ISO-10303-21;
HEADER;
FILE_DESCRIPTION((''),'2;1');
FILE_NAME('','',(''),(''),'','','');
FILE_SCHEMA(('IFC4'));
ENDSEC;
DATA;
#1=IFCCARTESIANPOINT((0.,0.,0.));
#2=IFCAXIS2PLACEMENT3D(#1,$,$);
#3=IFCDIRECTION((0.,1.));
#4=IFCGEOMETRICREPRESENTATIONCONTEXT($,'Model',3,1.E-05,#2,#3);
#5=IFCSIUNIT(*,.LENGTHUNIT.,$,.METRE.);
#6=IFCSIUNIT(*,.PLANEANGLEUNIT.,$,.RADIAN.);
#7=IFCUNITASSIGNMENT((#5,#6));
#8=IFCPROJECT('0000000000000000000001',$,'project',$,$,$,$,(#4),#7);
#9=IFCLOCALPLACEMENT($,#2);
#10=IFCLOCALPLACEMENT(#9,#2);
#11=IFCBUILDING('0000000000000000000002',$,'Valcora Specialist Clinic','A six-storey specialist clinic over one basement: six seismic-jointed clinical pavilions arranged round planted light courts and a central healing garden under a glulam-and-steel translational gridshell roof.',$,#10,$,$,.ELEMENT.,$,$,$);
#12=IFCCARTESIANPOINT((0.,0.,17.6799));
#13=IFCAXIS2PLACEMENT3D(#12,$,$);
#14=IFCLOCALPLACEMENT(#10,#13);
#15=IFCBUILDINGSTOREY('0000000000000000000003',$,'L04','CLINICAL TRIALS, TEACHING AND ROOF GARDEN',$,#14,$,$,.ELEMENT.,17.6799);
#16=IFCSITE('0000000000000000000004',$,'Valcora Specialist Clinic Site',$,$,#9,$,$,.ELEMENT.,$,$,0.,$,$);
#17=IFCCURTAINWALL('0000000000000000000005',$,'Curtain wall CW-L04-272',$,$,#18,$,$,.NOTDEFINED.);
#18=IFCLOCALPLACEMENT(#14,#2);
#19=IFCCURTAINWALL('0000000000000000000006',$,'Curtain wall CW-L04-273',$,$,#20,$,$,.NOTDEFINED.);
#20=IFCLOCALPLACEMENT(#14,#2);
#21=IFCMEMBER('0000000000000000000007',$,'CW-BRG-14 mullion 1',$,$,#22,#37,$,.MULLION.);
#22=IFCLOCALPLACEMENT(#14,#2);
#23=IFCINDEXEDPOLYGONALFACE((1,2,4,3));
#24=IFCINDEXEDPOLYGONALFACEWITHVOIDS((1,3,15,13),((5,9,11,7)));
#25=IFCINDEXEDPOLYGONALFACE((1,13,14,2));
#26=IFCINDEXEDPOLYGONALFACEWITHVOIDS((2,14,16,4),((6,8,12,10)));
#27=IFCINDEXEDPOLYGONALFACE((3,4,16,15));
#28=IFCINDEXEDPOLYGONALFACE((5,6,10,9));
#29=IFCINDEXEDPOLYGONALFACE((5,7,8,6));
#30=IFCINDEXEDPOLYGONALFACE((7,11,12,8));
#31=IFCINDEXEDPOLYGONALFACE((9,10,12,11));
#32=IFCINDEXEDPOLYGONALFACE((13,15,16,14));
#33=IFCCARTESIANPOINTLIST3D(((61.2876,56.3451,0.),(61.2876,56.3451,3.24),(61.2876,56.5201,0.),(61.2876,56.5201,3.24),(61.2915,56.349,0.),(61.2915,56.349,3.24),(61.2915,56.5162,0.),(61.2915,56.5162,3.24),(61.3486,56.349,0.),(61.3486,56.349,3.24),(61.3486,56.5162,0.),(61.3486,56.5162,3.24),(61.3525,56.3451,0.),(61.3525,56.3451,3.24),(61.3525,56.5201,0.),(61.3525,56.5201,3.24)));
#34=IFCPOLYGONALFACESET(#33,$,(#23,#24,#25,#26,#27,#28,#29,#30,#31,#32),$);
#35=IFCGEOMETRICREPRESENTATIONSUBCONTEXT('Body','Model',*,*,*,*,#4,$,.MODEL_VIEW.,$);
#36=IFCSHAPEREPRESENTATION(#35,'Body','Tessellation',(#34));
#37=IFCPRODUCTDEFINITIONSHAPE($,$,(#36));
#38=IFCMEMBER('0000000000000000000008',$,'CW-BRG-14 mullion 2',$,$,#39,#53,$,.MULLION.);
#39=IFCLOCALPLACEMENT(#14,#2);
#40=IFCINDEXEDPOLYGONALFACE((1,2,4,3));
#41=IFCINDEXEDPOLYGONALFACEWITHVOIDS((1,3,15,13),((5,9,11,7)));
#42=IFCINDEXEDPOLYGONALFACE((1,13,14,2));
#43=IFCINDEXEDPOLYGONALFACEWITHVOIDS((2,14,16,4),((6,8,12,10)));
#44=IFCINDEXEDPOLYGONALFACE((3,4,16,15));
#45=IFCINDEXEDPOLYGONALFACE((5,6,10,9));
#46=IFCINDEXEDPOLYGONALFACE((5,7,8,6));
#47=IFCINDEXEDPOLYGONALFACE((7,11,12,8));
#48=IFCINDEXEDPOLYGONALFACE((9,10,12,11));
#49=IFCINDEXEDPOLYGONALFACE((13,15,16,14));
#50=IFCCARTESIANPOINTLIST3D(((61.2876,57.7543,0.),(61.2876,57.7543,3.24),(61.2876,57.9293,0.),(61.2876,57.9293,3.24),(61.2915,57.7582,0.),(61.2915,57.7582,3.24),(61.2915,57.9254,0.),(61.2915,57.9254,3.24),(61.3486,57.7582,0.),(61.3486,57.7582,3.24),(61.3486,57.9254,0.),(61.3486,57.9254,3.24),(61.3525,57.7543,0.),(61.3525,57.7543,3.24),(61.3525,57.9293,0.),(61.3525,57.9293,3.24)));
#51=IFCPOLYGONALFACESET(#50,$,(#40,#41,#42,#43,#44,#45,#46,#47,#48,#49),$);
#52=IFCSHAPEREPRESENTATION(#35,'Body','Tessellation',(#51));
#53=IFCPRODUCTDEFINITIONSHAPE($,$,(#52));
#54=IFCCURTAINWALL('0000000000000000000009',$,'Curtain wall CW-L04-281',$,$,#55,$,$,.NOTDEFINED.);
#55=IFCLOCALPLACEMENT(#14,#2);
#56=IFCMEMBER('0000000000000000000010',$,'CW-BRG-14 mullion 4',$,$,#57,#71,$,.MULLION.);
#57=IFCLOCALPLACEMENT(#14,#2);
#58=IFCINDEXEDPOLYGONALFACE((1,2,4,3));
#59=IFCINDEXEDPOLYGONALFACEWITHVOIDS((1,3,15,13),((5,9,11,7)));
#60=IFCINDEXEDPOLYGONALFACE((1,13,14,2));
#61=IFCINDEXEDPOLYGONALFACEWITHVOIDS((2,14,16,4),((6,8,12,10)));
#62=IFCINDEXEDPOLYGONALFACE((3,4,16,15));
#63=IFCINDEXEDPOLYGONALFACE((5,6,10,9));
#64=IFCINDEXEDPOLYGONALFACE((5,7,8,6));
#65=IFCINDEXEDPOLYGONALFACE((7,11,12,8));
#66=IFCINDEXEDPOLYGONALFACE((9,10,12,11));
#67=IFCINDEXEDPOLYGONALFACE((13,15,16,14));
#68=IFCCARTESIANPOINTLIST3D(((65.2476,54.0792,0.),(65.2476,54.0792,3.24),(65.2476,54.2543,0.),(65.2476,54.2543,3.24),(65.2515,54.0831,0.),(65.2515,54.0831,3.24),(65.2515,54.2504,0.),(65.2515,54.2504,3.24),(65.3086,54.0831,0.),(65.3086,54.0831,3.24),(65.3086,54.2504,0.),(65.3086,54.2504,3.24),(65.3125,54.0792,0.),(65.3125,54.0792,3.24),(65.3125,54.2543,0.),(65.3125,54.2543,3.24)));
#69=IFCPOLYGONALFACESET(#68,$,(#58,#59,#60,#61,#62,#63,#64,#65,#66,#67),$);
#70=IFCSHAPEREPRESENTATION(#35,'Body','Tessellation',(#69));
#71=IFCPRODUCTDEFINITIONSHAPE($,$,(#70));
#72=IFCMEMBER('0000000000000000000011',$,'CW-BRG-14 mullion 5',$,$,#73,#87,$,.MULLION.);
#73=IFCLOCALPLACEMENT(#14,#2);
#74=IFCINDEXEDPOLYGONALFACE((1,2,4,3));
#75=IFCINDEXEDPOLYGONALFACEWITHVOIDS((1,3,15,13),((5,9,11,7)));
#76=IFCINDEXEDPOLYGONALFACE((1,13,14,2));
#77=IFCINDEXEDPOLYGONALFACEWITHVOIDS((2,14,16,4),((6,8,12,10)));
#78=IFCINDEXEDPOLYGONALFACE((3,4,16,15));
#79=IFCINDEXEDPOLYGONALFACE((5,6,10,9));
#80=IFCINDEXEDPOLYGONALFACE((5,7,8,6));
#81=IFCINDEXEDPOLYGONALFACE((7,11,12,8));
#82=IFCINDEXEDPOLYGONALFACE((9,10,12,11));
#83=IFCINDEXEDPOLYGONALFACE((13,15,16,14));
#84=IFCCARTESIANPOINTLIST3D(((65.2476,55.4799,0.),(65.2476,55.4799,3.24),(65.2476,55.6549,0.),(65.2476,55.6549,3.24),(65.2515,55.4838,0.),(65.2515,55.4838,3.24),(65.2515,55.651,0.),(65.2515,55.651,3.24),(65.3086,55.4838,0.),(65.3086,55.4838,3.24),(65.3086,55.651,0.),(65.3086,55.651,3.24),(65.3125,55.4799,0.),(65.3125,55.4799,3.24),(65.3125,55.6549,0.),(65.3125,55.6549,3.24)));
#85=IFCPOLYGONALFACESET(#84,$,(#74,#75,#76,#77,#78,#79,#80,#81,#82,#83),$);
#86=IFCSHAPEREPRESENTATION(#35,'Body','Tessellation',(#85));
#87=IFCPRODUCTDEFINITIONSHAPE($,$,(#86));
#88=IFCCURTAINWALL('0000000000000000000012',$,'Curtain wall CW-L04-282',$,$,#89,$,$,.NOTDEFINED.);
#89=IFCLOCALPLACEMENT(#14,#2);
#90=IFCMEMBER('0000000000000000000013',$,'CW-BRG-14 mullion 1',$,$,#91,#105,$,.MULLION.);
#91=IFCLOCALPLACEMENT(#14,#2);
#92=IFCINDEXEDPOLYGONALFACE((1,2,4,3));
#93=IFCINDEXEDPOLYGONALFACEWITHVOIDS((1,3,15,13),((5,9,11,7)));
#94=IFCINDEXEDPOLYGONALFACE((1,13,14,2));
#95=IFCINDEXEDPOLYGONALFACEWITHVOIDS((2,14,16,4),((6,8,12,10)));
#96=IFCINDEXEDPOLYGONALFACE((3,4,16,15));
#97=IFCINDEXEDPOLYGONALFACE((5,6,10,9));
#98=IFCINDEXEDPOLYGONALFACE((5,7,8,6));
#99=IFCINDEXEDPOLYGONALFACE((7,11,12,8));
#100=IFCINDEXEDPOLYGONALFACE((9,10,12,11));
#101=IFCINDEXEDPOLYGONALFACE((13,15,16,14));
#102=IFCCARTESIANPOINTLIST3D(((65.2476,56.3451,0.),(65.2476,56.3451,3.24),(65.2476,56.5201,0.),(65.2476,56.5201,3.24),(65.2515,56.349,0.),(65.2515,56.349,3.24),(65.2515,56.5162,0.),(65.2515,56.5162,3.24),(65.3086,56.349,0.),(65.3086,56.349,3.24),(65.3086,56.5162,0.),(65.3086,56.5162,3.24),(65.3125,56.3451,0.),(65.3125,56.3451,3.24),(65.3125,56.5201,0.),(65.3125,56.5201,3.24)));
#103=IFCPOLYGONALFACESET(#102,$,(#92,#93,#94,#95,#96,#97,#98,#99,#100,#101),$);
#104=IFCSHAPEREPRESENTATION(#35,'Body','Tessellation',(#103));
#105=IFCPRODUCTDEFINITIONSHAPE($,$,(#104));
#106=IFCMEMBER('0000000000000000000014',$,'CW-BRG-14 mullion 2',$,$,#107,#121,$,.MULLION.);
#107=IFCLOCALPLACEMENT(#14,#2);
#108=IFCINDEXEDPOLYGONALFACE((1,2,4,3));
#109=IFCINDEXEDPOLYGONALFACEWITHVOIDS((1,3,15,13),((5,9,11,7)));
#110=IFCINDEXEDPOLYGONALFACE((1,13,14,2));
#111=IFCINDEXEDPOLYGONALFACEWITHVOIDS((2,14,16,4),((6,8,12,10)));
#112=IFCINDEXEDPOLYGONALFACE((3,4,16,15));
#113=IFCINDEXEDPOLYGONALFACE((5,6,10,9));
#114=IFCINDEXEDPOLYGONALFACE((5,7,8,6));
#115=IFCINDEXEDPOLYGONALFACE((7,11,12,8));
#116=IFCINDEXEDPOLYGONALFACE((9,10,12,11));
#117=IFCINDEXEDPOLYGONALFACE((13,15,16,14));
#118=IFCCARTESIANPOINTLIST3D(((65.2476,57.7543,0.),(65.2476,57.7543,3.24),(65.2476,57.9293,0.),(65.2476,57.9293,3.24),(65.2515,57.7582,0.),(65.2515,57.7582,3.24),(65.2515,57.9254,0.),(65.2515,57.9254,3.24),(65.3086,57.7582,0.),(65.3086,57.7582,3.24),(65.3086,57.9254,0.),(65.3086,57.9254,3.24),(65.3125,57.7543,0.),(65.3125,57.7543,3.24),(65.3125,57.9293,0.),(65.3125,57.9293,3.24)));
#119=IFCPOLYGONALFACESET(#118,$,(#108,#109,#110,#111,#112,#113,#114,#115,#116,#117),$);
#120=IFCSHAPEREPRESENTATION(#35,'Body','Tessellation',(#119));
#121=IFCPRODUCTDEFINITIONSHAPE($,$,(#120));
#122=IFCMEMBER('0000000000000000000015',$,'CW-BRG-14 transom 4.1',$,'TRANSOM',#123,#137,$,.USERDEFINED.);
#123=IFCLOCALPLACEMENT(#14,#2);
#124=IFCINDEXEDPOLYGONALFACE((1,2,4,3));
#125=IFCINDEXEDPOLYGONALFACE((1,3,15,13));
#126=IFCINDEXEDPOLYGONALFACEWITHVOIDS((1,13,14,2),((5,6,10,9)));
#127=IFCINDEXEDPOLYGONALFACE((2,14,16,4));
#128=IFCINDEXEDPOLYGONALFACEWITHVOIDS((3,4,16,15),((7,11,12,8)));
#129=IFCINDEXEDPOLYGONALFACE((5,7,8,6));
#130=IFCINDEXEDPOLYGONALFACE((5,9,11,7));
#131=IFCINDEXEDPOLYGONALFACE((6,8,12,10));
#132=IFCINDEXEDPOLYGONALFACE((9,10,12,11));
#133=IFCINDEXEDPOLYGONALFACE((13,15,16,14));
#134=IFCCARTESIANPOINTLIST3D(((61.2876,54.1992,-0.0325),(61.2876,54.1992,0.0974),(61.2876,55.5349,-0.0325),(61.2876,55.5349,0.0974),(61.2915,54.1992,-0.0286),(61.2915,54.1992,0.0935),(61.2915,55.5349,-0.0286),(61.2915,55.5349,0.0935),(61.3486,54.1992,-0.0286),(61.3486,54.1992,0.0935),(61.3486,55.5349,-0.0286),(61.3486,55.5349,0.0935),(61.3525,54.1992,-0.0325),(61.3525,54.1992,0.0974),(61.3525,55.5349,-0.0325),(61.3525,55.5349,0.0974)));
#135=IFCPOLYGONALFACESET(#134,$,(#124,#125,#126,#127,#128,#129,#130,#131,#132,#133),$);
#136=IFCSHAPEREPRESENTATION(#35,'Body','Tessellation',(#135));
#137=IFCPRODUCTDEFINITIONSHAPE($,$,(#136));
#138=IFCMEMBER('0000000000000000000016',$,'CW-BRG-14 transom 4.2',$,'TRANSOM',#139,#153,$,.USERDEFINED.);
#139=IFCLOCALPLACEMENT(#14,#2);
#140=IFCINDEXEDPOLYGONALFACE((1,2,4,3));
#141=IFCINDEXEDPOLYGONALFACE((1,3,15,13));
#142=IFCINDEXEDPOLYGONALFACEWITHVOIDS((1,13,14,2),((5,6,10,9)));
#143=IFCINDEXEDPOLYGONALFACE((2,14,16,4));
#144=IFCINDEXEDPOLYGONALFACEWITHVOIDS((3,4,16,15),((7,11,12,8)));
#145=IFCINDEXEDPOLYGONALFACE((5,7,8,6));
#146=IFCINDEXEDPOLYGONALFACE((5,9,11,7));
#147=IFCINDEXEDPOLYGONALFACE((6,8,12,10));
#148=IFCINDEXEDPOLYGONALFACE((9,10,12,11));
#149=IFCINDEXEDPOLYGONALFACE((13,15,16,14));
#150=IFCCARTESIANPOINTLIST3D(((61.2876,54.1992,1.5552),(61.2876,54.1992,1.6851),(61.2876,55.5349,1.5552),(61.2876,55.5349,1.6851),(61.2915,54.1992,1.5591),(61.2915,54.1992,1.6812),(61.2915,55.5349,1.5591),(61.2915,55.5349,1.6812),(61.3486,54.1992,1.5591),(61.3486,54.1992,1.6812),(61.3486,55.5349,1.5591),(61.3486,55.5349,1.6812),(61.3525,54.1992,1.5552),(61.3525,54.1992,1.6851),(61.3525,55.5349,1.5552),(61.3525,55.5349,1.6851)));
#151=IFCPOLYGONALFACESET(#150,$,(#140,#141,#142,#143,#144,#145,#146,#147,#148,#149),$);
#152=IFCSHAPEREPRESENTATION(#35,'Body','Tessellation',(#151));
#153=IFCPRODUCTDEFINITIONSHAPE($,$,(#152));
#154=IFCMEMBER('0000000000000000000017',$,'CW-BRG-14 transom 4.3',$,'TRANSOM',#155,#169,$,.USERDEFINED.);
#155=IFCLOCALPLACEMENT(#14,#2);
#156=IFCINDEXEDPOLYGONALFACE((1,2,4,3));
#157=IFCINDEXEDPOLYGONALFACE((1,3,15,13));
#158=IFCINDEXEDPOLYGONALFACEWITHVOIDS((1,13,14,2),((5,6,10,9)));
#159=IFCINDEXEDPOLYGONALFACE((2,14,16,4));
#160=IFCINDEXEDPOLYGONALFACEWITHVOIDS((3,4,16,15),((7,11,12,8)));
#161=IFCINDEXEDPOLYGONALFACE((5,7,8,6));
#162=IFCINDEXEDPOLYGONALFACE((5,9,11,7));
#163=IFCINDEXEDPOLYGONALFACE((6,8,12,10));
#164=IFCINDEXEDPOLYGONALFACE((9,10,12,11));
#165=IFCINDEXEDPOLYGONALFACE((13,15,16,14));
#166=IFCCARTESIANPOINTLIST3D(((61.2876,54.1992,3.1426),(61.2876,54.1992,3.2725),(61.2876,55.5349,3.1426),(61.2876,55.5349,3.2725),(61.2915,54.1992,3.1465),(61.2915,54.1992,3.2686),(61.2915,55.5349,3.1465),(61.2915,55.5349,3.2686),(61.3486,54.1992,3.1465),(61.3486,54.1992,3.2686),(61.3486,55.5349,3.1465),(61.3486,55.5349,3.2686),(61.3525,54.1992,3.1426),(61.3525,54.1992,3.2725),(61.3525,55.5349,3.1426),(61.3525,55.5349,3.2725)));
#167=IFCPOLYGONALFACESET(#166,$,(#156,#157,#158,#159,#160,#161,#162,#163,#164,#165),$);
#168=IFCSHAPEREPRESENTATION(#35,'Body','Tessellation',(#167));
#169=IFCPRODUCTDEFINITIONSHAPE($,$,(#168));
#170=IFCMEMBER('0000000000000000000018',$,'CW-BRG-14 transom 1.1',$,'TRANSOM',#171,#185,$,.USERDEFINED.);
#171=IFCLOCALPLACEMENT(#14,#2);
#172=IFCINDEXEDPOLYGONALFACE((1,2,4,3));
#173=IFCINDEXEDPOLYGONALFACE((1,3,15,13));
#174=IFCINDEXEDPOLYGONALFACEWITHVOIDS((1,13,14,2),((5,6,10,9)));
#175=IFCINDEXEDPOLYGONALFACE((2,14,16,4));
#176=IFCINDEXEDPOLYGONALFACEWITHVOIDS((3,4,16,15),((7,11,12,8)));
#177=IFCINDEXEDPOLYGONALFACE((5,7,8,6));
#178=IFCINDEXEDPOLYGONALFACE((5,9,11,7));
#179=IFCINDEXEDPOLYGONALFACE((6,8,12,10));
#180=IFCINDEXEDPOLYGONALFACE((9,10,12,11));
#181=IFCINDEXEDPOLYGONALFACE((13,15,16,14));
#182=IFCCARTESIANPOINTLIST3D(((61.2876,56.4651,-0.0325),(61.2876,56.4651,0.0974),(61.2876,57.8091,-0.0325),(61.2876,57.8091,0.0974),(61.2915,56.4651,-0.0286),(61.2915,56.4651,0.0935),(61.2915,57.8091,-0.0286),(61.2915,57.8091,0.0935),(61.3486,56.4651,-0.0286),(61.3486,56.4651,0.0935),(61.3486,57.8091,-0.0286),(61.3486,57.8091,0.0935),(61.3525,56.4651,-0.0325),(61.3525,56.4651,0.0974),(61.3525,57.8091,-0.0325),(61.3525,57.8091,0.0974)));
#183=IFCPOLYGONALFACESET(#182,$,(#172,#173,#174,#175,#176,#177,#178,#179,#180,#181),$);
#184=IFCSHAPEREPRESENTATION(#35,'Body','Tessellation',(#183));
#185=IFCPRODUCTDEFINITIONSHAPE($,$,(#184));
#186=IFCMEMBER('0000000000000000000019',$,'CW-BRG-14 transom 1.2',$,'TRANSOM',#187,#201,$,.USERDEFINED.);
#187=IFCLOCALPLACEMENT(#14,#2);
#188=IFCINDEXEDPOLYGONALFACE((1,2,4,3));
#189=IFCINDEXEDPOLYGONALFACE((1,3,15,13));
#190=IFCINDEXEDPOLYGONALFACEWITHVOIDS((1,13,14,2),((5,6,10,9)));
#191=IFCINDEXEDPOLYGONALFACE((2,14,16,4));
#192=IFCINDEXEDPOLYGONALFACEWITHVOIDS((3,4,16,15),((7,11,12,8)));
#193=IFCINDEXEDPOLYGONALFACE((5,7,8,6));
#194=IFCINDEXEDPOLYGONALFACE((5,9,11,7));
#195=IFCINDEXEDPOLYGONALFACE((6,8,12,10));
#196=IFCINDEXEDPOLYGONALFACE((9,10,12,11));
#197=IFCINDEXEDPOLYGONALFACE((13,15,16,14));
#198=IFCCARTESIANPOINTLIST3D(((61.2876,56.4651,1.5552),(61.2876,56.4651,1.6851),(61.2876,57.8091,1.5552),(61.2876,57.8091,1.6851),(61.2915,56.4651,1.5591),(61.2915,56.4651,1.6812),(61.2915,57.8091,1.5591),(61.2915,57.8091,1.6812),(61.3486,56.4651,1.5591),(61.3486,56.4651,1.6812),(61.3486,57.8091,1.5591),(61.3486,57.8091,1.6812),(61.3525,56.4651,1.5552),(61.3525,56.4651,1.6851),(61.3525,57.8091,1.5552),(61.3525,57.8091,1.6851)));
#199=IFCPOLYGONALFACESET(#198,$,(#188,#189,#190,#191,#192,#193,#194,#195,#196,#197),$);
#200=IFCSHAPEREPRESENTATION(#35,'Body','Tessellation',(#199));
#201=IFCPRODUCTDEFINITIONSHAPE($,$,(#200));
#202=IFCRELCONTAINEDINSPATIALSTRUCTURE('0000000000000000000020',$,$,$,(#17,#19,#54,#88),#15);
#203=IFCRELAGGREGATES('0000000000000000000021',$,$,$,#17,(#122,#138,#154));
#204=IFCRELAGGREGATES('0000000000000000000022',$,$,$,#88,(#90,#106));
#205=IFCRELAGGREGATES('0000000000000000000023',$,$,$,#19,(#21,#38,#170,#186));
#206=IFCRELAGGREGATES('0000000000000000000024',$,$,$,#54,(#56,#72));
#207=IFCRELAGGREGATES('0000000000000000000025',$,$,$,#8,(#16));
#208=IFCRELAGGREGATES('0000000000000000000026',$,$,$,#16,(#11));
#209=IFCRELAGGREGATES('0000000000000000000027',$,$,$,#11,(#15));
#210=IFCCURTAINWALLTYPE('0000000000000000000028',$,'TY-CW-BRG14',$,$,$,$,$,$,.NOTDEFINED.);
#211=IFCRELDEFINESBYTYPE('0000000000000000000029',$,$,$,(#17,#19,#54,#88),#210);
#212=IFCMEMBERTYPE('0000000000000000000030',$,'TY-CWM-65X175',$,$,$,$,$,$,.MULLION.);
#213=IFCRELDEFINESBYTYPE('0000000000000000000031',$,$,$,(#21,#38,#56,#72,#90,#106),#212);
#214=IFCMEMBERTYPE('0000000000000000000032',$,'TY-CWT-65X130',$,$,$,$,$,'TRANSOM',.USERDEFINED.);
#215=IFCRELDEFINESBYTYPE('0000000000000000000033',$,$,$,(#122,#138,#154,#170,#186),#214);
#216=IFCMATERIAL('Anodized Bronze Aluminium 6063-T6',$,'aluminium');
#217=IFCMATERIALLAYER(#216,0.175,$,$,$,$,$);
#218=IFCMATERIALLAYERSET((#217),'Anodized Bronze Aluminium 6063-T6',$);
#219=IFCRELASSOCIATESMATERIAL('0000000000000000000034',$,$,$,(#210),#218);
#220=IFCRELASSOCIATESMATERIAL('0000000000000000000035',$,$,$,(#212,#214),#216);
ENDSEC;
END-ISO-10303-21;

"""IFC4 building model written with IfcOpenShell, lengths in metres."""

from ifc_helpers import new_model, si_unit, direction, frame, origin, origin_2d, place, context, subcontext, project, spatial, hollow_rectangle, extrude, material, layer, layer_set, material_profile, profile_set, type_object, element, aggregate, save


model = new_model("IFC4")

# Units and contexts
model_context = context("Model", 3, precision=1e-05, world=origin(), true_north=direction((0.0, 1.0)))
body_context = subcontext(model_context, "Body", "Model", "MODEL_VIEW")
ifc_project = project(units=[si_unit("LENGTHUNIT", "METRE"), si_unit("PLANEANGLEUNIT", "RADIAN")], contexts=[model_context])

# Site, building, storey
site_placement = place(None, origin())
site = spatial("IfcSite", under=ifc_project, at=site_placement, Name="Valcora Specialist Clinic Site", CompositionType="ELEMENT", RefElevation=0.0)
building_placement = place(site_placement, origin())
building = spatial("IfcBuilding", under=site, at=building_placement, Name="Valcora Specialist Clinic", Description="A six-storey specialist clinic over one basement: six seismic-jointed clinical pavilions arranged round planted light courts and a central healing garden under a glulam-and-steel translational gridshell roof.", CompositionType="ELEMENT")
storey_placement = place(building_placement, frame((0.0, 0.0, 17.6799)))
storey = spatial("IfcBuildingStorey", under=building, at=storey_placement, Name="L04", Description="CLINICAL TRIALS, TEACHING AND ROOF GARDEN", CompositionType="ELEMENT", Elevation=17.6799)

# Curtain walls, members
ifc_material_1 = material(Name="Anodized Bronze Aluminium 6063-T6", Category="aluminium")
ifc_layer_1 = layer(ifc_material_1, 0.175)
ifc_layer_set_1 = layer_set([ifc_layer_1], Name="Anodized Bronze Aluminium 6063-T6")
curtain_wall_type = type_object("IfcCurtainWallType", Name="TY-CW-BRG14", PredefinedType="NOTDEFINED", material=ifc_layer_set_1)
curtain_wall_1_placement = place(storey_placement, origin())
curtain_wall_1 = element("IfcCurtainWall", 1, at=curtain_wall_1_placement, inside=storey, type_object=curtain_wall_type, Name="Curtain wall CW-L04-272", PredefinedType="NOTDEFINED")
ifc_material_profile_1 = material_profile(ifc_material_1, hollow_rectangle(XDim=0.0649, YDim=0.175, WallThickness=0.0039, at=origin_2d()), Name="AL-MUL-65X175")
ifc_profile_set_1 = profile_set([ifc_material_profile_1], Name="Anodized Bronze Aluminium 6063-T6")
member_type_1 = type_object("IfcMemberType", Name="TY-CWM-65X175", PredefinedType="MULLION", material=ifc_profile_set_1)
curtain_wall_2_placement = place(storey_placement, origin())
curtain_wall_2 = element("IfcCurtainWall", 2, at=curtain_wall_2_placement, inside=storey, type_object=curtain_wall_type, Name="Curtain wall CW-L04-273", PredefinedType="NOTDEFINED")
member_1_placement = place(storey_placement, frame((61.3201, 56.4326, 0.0), z_axis=(0.0, 0.0, 1.0), x_axis=(-1.0, 0.0, 0.0)))
member_1 = element("IfcMember", 3, at=member_1_placement, type_object=member_type_1, Name="CW-BRG-14 mullion 1", PredefinedType="MULLION", context=body_context, shape_type="SweptSolid", body=[
    extrude(hollow_rectangle(XDim=0.0649, YDim=0.175, WallThickness=0.0039, at=origin_2d()), origin(), (0.0, 0.0, 1.0), 3.24),
])
member_2_placement = place(storey_placement, frame((61.3201, 57.8418, 0.0), z_axis=(0.0, 0.0, 1.0), x_axis=(-1.0, 0.0, 0.0)))
member_2 = element("IfcMember", 4, at=member_2_placement, type_object=member_type_1, Name="CW-BRG-14 mullion 2", PredefinedType="MULLION", context=body_context, shape_type="SweptSolid", body=[
    extrude(hollow_rectangle(XDim=0.0649, YDim=0.175, WallThickness=0.0039, at=origin_2d()), origin(), (0.0, 0.0, 1.0), 3.24),
])
curtain_wall_3_placement = place(storey_placement, origin())
curtain_wall_3 = element("IfcCurtainWall", 5, at=curtain_wall_3_placement, inside=storey, type_object=curtain_wall_type, Name="Curtain wall CW-L04-281", PredefinedType="NOTDEFINED")
member_3_placement = place(storey_placement, frame((65.28, 54.1667, 0.0), z_axis=(0.0, 0.0, 1.0), x_axis=(-1.0, 0.0, 0.0)))
member_3 = element("IfcMember", 6, at=member_3_placement, type_object=member_type_1, Name="CW-BRG-14 mullion 4", PredefinedType="MULLION", context=body_context, shape_type="SweptSolid", body=[
    extrude(hollow_rectangle(XDim=0.0649, YDim=0.175, WallThickness=0.0039, at=origin_2d()), origin(), (0.0, 0.0, 1.0), 3.24),
])
member_4_placement = place(storey_placement, frame((65.28, 55.5674, 0.0), z_axis=(0.0, 0.0, 1.0), x_axis=(-1.0, 0.0, 0.0)))
member_4 = element("IfcMember", 7, at=member_4_placement, type_object=member_type_1, Name="CW-BRG-14 mullion 5", PredefinedType="MULLION", context=body_context, shape_type="SweptSolid", body=[
    extrude(hollow_rectangle(XDim=0.0649, YDim=0.175, WallThickness=0.0039, at=origin_2d()), origin(), (0.0, 0.0, 1.0), 3.24),
])
curtain_wall_4_placement = place(storey_placement, origin())
curtain_wall_4 = element("IfcCurtainWall", 8, at=curtain_wall_4_placement, inside=storey, type_object=curtain_wall_type, Name="Curtain wall CW-L04-282", PredefinedType="NOTDEFINED")
member_5_placement = place(storey_placement, frame((65.28, 56.4326, 0.0), z_axis=(0.0, 0.0, 1.0), x_axis=(-1.0, 0.0, 0.0)))
member_5 = element("IfcMember", 9, at=member_5_placement, type_object=member_type_1, Name="CW-BRG-14 mullion 1", PredefinedType="MULLION", context=body_context, shape_type="SweptSolid", body=[
    extrude(hollow_rectangle(XDim=0.0649, YDim=0.175, WallThickness=0.0039, at=origin_2d()), origin(), (0.0, 0.0, 1.0), 3.24),
])
member_6_placement = place(storey_placement, frame((65.28, 57.8418, 0.0), z_axis=(0.0, 0.0, 1.0), x_axis=(-1.0, 0.0, 0.0)))
member_6 = element("IfcMember", 10, at=member_6_placement, type_object=member_type_1, Name="CW-BRG-14 mullion 2", PredefinedType="MULLION", context=body_context, shape_type="SweptSolid", body=[
    extrude(hollow_rectangle(XDim=0.0649, YDim=0.175, WallThickness=0.0039, at=origin_2d()), origin(), (0.0, 0.0, 1.0), 3.24),
])

# Members
ifc_material_profile_2 = material_profile(ifc_material_1, hollow_rectangle(XDim=0.0649, YDim=0.1299, WallThickness=0.0039, at=origin_2d()), Name="AL-TRN-65X130")
ifc_profile_set_2 = profile_set([ifc_material_profile_2], Name="Anodized Bronze Aluminium 6063-T6")
member_type_2 = type_object("IfcMemberType", Name="TY-CWT-65X130", ElementType="TRANSOM", PredefinedType="USERDEFINED", material=ifc_profile_set_2)
member_7_placement = place(storey_placement, frame((61.3201, 54.1992, 0.0325), z_axis=(0.0, 1.0, 0.0), x_axis=(-1.0, 0.0, 0.0)))
member_7 = element("IfcMember", 11, at=member_7_placement, type_object=member_type_2, Name="CW-BRG-14 transom 4.1", ObjectType="TRANSOM", PredefinedType="USERDEFINED", context=body_context, shape_type="SweptSolid", body=[
    extrude(hollow_rectangle(XDim=0.0649, YDim=0.1299, WallThickness=0.0039, at=origin_2d()), origin(), (0.0, 0.0, 1.0), 1.3357),
])
member_8_placement = place(storey_placement, frame((61.3201, 54.1992, 1.6201), z_axis=(0.0, 1.0, 0.0), x_axis=(-1.0, 0.0, 0.0)))
member_8 = element("IfcMember", 12, at=member_8_placement, type_object=member_type_2, Name="CW-BRG-14 transom 4.2", ObjectType="TRANSOM", PredefinedType="USERDEFINED", context=body_context, shape_type="SweptSolid", body=[
    extrude(hollow_rectangle(XDim=0.0649, YDim=0.1299, WallThickness=0.0039, at=origin_2d()), origin(), (0.0, 0.0, 1.0), 1.3357),
])
member_9_placement = place(storey_placement, frame((61.3201, 54.1992, 3.2075), z_axis=(0.0, 1.0, 0.0), x_axis=(-1.0, 0.0, 0.0)))
member_9 = element("IfcMember", 13, at=member_9_placement, type_object=member_type_2, Name="CW-BRG-14 transom 4.3", ObjectType="TRANSOM", PredefinedType="USERDEFINED", context=body_context, shape_type="SweptSolid", body=[
    extrude(hollow_rectangle(XDim=0.0649, YDim=0.1299, WallThickness=0.0039, at=origin_2d()), origin(), (0.0, 0.0, 1.0), 1.3357),
])
member_10_placement = place(storey_placement, frame((61.3201, 56.4651, 0.0325), z_axis=(0.0, 1.0, 0.0), x_axis=(-1.0, 0.0, 0.0)))
member_10 = element("IfcMember", 14, at=member_10_placement, type_object=member_type_2, Name="CW-BRG-14 transom 1.1", ObjectType="TRANSOM", PredefinedType="USERDEFINED", context=body_context, shape_type="SweptSolid", body=[
    extrude(hollow_rectangle(XDim=0.0649, YDim=0.1299, WallThickness=0.0039, at=origin_2d()), origin(), (0.0, 0.0, 1.0), 1.344),
])
member_11_placement = place(storey_placement, frame((61.3201, 56.4651, 1.6201), z_axis=(0.0, 1.0, 0.0), x_axis=(-1.0, 0.0, 0.0)))
member_11 = element("IfcMember", 15, at=member_11_placement, type_object=member_type_2, Name="CW-BRG-14 transom 1.2", ObjectType="TRANSOM", PredefinedType="USERDEFINED", context=body_context, shape_type="SweptSolid", body=[
    extrude(hollow_rectangle(XDim=0.0649, YDim=0.1299, WallThickness=0.0039, at=origin_2d()), origin(), (0.0, 0.0, 1.0), 1.344),
])

aggregate(curtain_wall_1, [member_7, member_8, member_9])
aggregate(curtain_wall_4, [member_5, member_6])
aggregate(curtain_wall_2, [member_1, member_2, member_10, member_11])
aggregate(curtain_wall_3, [member_3, member_4])

save(model, "model.ifc")
